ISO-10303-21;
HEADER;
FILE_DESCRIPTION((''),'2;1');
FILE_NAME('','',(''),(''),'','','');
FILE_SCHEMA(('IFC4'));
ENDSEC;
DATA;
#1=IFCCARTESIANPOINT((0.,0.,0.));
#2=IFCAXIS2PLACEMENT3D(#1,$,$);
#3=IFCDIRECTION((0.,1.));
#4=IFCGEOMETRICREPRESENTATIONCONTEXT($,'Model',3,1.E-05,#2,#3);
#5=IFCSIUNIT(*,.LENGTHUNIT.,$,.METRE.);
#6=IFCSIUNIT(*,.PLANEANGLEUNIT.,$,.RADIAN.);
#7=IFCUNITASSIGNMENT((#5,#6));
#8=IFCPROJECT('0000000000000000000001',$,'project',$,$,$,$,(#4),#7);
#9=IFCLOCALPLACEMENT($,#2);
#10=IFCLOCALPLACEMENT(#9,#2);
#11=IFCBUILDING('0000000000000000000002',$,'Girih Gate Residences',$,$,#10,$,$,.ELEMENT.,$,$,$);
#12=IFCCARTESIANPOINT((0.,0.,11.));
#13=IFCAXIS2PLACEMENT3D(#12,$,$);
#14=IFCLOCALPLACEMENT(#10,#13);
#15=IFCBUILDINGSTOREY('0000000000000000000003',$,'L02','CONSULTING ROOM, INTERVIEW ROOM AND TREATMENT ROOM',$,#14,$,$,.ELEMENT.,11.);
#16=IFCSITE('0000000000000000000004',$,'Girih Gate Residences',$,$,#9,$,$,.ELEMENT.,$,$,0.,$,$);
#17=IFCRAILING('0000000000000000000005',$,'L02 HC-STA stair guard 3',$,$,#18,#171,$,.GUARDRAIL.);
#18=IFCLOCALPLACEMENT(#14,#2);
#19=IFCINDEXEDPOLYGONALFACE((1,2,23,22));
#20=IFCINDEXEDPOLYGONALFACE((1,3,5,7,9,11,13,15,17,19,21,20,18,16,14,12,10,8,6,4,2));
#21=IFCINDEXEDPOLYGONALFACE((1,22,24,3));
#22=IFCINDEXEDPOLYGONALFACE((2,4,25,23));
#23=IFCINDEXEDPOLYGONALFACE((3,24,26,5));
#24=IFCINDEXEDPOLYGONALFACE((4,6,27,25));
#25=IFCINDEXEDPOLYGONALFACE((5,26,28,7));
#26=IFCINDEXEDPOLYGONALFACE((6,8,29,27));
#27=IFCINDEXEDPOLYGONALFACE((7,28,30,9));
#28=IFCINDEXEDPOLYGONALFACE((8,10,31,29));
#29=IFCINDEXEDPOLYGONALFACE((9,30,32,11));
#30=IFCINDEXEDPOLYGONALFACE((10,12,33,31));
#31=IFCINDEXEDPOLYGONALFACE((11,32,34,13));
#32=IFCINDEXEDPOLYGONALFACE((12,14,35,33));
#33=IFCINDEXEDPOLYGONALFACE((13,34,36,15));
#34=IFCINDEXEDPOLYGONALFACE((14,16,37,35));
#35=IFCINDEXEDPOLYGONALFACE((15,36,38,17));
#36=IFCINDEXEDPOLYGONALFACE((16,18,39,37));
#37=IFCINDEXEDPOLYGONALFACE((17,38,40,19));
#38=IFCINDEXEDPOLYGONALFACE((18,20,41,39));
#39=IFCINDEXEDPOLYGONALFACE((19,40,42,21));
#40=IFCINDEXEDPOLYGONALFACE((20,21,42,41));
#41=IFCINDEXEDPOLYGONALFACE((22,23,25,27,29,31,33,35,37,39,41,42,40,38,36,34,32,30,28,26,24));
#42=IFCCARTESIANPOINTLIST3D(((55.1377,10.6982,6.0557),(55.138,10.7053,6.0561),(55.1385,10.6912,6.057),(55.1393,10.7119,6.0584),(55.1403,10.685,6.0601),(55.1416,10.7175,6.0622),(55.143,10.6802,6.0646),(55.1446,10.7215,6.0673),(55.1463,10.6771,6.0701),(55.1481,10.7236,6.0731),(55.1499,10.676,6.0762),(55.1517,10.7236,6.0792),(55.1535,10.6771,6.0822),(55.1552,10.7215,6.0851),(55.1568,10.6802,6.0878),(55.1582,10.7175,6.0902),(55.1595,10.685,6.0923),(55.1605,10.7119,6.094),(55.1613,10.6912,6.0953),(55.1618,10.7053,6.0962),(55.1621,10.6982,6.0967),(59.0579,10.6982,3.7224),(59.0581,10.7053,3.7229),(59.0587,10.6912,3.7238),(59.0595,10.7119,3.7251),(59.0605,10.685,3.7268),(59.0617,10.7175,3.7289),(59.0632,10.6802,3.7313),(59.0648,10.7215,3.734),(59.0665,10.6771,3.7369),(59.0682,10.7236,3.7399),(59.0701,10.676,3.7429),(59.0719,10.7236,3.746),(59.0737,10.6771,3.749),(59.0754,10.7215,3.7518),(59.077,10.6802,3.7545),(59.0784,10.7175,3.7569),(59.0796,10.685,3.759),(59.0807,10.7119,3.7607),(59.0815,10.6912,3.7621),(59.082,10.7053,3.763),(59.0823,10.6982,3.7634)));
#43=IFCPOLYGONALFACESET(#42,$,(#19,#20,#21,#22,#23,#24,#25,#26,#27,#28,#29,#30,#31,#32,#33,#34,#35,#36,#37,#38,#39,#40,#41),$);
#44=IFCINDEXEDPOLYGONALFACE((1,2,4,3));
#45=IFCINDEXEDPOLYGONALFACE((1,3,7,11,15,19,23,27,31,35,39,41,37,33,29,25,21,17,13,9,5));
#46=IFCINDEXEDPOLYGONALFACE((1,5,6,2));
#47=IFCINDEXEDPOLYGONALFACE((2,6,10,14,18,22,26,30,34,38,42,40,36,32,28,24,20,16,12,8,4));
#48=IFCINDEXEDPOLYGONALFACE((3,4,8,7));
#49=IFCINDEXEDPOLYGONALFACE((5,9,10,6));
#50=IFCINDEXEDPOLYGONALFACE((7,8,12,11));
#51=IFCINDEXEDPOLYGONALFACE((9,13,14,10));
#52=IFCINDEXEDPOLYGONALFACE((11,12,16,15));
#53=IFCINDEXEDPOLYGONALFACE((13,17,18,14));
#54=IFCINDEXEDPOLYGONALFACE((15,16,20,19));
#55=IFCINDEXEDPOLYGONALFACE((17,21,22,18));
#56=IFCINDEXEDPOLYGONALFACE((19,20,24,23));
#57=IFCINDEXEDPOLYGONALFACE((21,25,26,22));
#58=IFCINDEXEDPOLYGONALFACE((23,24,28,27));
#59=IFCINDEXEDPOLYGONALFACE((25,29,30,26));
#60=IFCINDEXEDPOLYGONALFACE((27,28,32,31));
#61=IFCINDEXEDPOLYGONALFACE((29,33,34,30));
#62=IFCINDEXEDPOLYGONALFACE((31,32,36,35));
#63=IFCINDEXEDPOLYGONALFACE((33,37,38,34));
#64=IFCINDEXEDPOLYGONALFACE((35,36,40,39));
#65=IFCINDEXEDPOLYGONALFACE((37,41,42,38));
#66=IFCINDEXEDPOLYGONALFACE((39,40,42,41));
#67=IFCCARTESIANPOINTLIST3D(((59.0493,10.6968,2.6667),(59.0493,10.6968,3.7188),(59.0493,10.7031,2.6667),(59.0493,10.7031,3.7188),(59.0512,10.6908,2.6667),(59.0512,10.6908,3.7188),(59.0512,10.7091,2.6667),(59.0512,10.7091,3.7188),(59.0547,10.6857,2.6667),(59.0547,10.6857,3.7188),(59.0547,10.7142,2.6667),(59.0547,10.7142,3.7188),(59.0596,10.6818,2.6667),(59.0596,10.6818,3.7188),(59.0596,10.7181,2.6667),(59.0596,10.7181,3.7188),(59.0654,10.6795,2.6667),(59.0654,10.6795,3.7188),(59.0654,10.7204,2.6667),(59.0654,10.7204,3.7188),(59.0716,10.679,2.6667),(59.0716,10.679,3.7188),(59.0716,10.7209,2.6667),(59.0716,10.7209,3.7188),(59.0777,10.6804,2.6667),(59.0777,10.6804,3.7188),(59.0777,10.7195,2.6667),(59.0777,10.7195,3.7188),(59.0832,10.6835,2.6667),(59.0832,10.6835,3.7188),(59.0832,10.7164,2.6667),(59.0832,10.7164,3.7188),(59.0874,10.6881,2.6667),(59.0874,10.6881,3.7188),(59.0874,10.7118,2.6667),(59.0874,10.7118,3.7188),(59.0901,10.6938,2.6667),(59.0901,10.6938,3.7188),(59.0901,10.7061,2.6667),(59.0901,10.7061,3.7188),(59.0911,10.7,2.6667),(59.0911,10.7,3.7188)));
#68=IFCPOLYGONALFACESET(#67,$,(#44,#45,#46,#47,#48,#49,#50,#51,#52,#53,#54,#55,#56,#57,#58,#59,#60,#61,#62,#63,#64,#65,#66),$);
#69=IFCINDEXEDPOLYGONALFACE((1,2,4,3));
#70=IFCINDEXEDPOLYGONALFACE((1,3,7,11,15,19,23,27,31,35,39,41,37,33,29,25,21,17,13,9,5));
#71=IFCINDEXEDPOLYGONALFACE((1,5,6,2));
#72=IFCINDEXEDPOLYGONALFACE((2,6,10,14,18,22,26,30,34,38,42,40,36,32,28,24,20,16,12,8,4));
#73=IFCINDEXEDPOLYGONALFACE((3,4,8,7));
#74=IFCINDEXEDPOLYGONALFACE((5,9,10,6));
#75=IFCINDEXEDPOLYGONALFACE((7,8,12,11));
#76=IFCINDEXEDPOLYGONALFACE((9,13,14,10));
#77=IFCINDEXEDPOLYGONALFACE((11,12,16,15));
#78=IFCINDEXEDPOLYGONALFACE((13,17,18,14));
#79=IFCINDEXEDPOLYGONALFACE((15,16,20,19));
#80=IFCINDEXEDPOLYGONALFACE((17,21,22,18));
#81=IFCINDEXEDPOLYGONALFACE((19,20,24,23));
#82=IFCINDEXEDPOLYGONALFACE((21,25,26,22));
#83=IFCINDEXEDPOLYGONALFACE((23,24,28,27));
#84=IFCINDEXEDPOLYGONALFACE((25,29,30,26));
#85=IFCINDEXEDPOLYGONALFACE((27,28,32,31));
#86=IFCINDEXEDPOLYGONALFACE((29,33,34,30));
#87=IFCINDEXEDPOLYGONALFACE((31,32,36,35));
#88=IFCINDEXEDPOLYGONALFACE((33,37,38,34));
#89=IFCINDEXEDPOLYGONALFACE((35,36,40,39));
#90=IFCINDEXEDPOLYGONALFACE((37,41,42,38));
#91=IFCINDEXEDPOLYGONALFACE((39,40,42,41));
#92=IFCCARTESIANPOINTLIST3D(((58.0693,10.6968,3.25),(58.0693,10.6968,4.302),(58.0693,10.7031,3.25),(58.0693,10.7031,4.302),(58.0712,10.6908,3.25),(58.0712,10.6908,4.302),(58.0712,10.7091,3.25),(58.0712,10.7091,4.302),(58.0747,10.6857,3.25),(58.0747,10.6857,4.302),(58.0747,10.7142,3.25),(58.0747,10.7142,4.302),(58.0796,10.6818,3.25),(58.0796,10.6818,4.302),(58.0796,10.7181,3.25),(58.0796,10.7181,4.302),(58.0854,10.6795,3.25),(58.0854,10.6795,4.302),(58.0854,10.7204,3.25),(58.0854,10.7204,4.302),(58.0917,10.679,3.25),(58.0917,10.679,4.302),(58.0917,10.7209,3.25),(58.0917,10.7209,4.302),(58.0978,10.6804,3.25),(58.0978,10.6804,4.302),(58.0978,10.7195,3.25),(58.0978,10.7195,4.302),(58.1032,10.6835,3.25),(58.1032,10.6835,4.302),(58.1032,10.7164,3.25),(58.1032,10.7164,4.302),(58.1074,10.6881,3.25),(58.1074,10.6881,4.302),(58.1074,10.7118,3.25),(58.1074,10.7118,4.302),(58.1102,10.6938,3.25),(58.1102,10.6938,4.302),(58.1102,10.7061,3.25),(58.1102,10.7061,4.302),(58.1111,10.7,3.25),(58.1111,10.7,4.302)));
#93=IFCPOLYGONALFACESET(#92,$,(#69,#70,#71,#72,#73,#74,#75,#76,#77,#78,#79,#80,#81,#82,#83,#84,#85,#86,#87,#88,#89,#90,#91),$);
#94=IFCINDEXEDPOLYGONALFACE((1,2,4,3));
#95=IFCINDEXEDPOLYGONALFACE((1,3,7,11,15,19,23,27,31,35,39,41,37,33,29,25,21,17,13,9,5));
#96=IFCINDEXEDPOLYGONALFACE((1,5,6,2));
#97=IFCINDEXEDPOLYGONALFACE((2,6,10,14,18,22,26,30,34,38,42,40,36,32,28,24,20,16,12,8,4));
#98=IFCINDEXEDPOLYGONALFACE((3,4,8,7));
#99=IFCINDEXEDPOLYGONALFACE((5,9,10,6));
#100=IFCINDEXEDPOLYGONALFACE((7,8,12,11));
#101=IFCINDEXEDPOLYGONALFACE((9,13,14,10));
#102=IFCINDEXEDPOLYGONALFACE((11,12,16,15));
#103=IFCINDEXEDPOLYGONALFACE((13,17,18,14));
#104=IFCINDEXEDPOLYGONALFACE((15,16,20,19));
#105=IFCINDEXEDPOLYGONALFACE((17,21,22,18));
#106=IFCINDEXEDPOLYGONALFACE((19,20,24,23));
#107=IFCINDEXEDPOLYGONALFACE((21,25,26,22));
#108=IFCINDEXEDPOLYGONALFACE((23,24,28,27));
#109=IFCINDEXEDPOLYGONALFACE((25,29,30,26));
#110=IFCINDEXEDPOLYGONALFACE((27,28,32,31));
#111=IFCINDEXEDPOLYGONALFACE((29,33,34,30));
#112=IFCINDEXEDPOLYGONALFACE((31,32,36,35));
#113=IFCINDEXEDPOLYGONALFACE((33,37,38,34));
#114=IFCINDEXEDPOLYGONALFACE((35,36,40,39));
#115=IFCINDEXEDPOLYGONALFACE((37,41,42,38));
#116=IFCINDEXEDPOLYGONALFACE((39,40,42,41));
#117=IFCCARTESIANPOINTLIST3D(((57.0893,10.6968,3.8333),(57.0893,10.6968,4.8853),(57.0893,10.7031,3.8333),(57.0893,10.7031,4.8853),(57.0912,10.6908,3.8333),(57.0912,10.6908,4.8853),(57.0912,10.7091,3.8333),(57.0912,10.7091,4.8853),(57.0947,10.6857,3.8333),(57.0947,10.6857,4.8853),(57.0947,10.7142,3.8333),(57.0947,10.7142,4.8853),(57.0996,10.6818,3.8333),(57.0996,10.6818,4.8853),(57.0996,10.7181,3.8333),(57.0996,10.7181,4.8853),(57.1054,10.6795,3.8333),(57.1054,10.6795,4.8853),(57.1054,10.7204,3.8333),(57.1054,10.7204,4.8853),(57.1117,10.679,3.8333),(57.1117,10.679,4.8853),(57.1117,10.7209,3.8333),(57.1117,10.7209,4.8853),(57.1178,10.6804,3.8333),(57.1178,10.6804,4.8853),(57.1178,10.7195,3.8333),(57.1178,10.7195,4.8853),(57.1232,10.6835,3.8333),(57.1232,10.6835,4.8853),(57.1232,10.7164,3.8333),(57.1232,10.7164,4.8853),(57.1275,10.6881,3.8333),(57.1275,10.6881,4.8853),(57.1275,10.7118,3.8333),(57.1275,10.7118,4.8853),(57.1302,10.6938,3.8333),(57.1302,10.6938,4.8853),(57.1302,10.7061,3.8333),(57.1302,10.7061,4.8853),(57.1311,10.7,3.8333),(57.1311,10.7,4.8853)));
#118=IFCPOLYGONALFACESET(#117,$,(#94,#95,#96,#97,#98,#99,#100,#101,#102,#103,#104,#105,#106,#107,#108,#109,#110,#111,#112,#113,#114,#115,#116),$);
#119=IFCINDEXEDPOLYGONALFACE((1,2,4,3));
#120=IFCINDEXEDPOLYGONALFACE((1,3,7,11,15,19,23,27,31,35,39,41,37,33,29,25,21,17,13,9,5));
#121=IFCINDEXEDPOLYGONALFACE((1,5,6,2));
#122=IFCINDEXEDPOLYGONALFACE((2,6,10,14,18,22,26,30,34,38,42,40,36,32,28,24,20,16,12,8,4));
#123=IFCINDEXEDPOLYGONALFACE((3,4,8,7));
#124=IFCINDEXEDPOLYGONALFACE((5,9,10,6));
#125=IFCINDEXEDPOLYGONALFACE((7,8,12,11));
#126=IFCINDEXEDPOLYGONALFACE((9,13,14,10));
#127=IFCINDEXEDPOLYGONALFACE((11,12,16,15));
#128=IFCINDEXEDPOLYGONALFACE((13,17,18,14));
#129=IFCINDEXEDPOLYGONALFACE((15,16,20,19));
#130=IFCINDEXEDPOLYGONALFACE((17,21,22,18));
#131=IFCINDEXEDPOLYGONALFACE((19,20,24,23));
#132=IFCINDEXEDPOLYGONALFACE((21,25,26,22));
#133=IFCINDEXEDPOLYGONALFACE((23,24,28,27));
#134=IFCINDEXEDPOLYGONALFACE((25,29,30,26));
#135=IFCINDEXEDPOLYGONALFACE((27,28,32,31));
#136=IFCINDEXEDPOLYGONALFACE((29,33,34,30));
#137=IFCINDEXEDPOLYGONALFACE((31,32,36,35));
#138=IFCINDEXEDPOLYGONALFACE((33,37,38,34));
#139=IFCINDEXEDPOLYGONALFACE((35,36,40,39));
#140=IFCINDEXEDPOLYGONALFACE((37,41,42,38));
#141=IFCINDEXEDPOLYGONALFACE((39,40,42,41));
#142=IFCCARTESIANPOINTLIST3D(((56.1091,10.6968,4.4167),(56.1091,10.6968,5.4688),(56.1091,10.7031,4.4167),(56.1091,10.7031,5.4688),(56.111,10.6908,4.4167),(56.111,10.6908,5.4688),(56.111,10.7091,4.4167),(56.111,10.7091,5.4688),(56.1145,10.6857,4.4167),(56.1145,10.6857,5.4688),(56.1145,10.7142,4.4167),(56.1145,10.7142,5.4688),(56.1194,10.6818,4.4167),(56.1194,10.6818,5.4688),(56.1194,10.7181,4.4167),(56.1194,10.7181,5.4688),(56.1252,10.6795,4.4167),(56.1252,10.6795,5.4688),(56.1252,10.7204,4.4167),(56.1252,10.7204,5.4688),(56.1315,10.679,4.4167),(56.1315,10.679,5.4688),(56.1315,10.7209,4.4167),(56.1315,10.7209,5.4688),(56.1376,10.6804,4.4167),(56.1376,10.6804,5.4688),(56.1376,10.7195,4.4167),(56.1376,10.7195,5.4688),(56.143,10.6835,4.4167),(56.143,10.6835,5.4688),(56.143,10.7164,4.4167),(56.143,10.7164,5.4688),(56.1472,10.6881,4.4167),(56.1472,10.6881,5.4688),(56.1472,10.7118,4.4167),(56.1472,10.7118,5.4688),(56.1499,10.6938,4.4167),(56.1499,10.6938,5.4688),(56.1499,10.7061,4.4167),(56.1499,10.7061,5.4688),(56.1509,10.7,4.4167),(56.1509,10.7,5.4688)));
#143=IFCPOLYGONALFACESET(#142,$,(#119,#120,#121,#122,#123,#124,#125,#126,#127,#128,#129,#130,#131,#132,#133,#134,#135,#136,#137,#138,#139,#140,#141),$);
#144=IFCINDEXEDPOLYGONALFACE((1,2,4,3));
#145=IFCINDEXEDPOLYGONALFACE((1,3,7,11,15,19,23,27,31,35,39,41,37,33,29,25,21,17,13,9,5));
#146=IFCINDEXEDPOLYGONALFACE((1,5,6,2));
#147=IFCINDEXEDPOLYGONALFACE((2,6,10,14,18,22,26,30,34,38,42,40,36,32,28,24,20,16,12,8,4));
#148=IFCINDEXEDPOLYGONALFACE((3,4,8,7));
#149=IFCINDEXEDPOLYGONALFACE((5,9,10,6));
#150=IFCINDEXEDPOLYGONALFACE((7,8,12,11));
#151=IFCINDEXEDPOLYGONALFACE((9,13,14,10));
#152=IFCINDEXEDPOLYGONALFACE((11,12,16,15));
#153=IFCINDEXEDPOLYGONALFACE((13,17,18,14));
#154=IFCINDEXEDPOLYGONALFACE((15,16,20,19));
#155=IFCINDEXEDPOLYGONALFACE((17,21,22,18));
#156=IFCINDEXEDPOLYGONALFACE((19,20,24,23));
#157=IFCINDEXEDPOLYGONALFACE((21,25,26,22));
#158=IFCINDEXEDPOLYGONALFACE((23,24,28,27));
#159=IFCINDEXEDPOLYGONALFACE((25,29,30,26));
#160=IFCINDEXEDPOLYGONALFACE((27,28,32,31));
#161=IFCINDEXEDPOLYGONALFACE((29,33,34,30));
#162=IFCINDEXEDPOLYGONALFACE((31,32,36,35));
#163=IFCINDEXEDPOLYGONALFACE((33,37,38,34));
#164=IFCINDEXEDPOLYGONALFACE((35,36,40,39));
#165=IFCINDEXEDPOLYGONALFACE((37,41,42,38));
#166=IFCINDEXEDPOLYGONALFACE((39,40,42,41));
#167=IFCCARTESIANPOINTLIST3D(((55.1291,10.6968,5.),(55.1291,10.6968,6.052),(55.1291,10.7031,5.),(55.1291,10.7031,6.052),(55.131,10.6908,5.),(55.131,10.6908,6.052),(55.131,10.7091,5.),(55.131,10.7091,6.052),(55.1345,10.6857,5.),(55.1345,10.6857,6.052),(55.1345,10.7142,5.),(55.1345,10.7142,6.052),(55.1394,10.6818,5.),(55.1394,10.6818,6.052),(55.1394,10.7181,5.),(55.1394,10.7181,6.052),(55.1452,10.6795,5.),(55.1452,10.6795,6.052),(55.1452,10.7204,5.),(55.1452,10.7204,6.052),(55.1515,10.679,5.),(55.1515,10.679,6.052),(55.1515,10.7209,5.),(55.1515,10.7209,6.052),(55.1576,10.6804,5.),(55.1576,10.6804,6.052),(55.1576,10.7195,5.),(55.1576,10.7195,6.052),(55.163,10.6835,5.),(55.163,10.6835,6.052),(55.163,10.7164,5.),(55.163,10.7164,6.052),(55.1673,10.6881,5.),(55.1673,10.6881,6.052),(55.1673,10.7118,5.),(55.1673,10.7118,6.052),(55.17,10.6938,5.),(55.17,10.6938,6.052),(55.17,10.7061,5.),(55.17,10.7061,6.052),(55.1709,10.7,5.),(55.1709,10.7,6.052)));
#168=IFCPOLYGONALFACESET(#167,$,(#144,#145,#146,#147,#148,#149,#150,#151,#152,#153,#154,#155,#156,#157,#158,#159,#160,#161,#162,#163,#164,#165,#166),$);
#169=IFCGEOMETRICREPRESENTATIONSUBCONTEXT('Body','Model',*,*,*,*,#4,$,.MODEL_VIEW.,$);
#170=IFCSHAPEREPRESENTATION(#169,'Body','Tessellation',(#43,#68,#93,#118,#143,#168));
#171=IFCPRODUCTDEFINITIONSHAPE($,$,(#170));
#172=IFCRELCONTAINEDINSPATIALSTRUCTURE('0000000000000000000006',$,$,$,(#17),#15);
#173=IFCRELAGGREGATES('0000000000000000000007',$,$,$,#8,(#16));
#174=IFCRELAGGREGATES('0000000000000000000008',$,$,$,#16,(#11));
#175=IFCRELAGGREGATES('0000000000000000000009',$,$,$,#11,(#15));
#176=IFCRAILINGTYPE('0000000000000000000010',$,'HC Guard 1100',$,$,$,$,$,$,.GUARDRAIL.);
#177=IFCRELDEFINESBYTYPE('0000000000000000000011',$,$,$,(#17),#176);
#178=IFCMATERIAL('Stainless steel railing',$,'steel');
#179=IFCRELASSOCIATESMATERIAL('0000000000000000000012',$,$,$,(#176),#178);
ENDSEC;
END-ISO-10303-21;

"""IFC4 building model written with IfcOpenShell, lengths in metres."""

from ifc_helpers import new_model, si_unit, direction, frame, origin, origin_2d, place, context, subcontext, project, spatial, circle, extrude, material, type_object, element, save


model = new_model("IFC4")

# Units and contexts
model_context = context("Model", 3, precision=1e-05, world=origin(), true_north=direction((0.0, 1.0)))
body_context = subcontext(model_context, "Body", "Model", "MODEL_VIEW")
ifc_project = project(units=[si_unit("LENGTHUNIT", "METRE"), si_unit("PLANEANGLEUNIT", "RADIAN")], contexts=[model_context])

# Site, building, storey
site_placement = place(None, origin())
site = spatial("IfcSite", under=ifc_project, at=site_placement, Name="Girih Gate Residences", CompositionType="ELEMENT", RefElevation=0.0)
building_placement = place(site_placement, origin())
building = spatial("IfcBuilding", under=site, at=building_placement, Name="Girih Gate Residences", CompositionType="ELEMENT")
storey_placement = place(building_placement, frame((0.0, 0.0, 11.0)))
storey = spatial("IfcBuildingStorey", under=building, at=storey_placement, Name="L02", Description="CONSULTING ROOM, INTERVIEW ROOM AND TREATMENT ROOM", CompositionType="ELEMENT", Elevation=11.0)

# Railing
ifc_material_1 = material(Name="Stainless steel railing", Category="steel")
railing_type_1 = type_object("IfcRailingType", Name="HC Guard 1100", PredefinedType="GUARDRAIL", material=ifc_material_1)
railing_1_placement = place(storey_placement, frame((59.0701, 10.7, 2.6667)))
element("IfcRailing", 1, at=railing_1_placement, inside=storey, type_object=railing_type_1, Name="L02 HC-STA stair guard 3", PredefinedType="GUARDRAIL", context=body_context, shape_type="SweptSolid", body=[
    extrude(circle(Radius=0.0239, at=origin_2d()), frame((0.0, 0.0, 1.0762), z_axis=(-0.85931, 0.0, 0.511455), x_axis=(0.0, -1.0, 0.0)), (0.0, 0.0, 1.0), 4.562),
    extrude(circle(Radius=0.021, at=origin_2d()), origin(), (0.0, 0.0, 1.0), 1.052),
    extrude(circle(Radius=0.021, at=origin_2d()), frame((-0.98, 0.0, 0.5833)), (0.0, 0.0, 1.0), 1.052),
    extrude(circle(Radius=0.021, at=origin_2d()), frame((-1.96, 0.0, 1.1665)), (0.0, 0.0, 1.0), 1.052),
    extrude(circle(Radius=0.021, at=origin_2d()), frame((-2.9402, 0.0, 1.75)), (0.0, 0.0, 1.0), 1.052),
    extrude(circle(Radius=0.021, at=origin_2d()), frame((-3.9202, 0.0, 2.3333)), (0.0, 0.0, 1.0), 1.052),
])

save(model, "model.ifc")
